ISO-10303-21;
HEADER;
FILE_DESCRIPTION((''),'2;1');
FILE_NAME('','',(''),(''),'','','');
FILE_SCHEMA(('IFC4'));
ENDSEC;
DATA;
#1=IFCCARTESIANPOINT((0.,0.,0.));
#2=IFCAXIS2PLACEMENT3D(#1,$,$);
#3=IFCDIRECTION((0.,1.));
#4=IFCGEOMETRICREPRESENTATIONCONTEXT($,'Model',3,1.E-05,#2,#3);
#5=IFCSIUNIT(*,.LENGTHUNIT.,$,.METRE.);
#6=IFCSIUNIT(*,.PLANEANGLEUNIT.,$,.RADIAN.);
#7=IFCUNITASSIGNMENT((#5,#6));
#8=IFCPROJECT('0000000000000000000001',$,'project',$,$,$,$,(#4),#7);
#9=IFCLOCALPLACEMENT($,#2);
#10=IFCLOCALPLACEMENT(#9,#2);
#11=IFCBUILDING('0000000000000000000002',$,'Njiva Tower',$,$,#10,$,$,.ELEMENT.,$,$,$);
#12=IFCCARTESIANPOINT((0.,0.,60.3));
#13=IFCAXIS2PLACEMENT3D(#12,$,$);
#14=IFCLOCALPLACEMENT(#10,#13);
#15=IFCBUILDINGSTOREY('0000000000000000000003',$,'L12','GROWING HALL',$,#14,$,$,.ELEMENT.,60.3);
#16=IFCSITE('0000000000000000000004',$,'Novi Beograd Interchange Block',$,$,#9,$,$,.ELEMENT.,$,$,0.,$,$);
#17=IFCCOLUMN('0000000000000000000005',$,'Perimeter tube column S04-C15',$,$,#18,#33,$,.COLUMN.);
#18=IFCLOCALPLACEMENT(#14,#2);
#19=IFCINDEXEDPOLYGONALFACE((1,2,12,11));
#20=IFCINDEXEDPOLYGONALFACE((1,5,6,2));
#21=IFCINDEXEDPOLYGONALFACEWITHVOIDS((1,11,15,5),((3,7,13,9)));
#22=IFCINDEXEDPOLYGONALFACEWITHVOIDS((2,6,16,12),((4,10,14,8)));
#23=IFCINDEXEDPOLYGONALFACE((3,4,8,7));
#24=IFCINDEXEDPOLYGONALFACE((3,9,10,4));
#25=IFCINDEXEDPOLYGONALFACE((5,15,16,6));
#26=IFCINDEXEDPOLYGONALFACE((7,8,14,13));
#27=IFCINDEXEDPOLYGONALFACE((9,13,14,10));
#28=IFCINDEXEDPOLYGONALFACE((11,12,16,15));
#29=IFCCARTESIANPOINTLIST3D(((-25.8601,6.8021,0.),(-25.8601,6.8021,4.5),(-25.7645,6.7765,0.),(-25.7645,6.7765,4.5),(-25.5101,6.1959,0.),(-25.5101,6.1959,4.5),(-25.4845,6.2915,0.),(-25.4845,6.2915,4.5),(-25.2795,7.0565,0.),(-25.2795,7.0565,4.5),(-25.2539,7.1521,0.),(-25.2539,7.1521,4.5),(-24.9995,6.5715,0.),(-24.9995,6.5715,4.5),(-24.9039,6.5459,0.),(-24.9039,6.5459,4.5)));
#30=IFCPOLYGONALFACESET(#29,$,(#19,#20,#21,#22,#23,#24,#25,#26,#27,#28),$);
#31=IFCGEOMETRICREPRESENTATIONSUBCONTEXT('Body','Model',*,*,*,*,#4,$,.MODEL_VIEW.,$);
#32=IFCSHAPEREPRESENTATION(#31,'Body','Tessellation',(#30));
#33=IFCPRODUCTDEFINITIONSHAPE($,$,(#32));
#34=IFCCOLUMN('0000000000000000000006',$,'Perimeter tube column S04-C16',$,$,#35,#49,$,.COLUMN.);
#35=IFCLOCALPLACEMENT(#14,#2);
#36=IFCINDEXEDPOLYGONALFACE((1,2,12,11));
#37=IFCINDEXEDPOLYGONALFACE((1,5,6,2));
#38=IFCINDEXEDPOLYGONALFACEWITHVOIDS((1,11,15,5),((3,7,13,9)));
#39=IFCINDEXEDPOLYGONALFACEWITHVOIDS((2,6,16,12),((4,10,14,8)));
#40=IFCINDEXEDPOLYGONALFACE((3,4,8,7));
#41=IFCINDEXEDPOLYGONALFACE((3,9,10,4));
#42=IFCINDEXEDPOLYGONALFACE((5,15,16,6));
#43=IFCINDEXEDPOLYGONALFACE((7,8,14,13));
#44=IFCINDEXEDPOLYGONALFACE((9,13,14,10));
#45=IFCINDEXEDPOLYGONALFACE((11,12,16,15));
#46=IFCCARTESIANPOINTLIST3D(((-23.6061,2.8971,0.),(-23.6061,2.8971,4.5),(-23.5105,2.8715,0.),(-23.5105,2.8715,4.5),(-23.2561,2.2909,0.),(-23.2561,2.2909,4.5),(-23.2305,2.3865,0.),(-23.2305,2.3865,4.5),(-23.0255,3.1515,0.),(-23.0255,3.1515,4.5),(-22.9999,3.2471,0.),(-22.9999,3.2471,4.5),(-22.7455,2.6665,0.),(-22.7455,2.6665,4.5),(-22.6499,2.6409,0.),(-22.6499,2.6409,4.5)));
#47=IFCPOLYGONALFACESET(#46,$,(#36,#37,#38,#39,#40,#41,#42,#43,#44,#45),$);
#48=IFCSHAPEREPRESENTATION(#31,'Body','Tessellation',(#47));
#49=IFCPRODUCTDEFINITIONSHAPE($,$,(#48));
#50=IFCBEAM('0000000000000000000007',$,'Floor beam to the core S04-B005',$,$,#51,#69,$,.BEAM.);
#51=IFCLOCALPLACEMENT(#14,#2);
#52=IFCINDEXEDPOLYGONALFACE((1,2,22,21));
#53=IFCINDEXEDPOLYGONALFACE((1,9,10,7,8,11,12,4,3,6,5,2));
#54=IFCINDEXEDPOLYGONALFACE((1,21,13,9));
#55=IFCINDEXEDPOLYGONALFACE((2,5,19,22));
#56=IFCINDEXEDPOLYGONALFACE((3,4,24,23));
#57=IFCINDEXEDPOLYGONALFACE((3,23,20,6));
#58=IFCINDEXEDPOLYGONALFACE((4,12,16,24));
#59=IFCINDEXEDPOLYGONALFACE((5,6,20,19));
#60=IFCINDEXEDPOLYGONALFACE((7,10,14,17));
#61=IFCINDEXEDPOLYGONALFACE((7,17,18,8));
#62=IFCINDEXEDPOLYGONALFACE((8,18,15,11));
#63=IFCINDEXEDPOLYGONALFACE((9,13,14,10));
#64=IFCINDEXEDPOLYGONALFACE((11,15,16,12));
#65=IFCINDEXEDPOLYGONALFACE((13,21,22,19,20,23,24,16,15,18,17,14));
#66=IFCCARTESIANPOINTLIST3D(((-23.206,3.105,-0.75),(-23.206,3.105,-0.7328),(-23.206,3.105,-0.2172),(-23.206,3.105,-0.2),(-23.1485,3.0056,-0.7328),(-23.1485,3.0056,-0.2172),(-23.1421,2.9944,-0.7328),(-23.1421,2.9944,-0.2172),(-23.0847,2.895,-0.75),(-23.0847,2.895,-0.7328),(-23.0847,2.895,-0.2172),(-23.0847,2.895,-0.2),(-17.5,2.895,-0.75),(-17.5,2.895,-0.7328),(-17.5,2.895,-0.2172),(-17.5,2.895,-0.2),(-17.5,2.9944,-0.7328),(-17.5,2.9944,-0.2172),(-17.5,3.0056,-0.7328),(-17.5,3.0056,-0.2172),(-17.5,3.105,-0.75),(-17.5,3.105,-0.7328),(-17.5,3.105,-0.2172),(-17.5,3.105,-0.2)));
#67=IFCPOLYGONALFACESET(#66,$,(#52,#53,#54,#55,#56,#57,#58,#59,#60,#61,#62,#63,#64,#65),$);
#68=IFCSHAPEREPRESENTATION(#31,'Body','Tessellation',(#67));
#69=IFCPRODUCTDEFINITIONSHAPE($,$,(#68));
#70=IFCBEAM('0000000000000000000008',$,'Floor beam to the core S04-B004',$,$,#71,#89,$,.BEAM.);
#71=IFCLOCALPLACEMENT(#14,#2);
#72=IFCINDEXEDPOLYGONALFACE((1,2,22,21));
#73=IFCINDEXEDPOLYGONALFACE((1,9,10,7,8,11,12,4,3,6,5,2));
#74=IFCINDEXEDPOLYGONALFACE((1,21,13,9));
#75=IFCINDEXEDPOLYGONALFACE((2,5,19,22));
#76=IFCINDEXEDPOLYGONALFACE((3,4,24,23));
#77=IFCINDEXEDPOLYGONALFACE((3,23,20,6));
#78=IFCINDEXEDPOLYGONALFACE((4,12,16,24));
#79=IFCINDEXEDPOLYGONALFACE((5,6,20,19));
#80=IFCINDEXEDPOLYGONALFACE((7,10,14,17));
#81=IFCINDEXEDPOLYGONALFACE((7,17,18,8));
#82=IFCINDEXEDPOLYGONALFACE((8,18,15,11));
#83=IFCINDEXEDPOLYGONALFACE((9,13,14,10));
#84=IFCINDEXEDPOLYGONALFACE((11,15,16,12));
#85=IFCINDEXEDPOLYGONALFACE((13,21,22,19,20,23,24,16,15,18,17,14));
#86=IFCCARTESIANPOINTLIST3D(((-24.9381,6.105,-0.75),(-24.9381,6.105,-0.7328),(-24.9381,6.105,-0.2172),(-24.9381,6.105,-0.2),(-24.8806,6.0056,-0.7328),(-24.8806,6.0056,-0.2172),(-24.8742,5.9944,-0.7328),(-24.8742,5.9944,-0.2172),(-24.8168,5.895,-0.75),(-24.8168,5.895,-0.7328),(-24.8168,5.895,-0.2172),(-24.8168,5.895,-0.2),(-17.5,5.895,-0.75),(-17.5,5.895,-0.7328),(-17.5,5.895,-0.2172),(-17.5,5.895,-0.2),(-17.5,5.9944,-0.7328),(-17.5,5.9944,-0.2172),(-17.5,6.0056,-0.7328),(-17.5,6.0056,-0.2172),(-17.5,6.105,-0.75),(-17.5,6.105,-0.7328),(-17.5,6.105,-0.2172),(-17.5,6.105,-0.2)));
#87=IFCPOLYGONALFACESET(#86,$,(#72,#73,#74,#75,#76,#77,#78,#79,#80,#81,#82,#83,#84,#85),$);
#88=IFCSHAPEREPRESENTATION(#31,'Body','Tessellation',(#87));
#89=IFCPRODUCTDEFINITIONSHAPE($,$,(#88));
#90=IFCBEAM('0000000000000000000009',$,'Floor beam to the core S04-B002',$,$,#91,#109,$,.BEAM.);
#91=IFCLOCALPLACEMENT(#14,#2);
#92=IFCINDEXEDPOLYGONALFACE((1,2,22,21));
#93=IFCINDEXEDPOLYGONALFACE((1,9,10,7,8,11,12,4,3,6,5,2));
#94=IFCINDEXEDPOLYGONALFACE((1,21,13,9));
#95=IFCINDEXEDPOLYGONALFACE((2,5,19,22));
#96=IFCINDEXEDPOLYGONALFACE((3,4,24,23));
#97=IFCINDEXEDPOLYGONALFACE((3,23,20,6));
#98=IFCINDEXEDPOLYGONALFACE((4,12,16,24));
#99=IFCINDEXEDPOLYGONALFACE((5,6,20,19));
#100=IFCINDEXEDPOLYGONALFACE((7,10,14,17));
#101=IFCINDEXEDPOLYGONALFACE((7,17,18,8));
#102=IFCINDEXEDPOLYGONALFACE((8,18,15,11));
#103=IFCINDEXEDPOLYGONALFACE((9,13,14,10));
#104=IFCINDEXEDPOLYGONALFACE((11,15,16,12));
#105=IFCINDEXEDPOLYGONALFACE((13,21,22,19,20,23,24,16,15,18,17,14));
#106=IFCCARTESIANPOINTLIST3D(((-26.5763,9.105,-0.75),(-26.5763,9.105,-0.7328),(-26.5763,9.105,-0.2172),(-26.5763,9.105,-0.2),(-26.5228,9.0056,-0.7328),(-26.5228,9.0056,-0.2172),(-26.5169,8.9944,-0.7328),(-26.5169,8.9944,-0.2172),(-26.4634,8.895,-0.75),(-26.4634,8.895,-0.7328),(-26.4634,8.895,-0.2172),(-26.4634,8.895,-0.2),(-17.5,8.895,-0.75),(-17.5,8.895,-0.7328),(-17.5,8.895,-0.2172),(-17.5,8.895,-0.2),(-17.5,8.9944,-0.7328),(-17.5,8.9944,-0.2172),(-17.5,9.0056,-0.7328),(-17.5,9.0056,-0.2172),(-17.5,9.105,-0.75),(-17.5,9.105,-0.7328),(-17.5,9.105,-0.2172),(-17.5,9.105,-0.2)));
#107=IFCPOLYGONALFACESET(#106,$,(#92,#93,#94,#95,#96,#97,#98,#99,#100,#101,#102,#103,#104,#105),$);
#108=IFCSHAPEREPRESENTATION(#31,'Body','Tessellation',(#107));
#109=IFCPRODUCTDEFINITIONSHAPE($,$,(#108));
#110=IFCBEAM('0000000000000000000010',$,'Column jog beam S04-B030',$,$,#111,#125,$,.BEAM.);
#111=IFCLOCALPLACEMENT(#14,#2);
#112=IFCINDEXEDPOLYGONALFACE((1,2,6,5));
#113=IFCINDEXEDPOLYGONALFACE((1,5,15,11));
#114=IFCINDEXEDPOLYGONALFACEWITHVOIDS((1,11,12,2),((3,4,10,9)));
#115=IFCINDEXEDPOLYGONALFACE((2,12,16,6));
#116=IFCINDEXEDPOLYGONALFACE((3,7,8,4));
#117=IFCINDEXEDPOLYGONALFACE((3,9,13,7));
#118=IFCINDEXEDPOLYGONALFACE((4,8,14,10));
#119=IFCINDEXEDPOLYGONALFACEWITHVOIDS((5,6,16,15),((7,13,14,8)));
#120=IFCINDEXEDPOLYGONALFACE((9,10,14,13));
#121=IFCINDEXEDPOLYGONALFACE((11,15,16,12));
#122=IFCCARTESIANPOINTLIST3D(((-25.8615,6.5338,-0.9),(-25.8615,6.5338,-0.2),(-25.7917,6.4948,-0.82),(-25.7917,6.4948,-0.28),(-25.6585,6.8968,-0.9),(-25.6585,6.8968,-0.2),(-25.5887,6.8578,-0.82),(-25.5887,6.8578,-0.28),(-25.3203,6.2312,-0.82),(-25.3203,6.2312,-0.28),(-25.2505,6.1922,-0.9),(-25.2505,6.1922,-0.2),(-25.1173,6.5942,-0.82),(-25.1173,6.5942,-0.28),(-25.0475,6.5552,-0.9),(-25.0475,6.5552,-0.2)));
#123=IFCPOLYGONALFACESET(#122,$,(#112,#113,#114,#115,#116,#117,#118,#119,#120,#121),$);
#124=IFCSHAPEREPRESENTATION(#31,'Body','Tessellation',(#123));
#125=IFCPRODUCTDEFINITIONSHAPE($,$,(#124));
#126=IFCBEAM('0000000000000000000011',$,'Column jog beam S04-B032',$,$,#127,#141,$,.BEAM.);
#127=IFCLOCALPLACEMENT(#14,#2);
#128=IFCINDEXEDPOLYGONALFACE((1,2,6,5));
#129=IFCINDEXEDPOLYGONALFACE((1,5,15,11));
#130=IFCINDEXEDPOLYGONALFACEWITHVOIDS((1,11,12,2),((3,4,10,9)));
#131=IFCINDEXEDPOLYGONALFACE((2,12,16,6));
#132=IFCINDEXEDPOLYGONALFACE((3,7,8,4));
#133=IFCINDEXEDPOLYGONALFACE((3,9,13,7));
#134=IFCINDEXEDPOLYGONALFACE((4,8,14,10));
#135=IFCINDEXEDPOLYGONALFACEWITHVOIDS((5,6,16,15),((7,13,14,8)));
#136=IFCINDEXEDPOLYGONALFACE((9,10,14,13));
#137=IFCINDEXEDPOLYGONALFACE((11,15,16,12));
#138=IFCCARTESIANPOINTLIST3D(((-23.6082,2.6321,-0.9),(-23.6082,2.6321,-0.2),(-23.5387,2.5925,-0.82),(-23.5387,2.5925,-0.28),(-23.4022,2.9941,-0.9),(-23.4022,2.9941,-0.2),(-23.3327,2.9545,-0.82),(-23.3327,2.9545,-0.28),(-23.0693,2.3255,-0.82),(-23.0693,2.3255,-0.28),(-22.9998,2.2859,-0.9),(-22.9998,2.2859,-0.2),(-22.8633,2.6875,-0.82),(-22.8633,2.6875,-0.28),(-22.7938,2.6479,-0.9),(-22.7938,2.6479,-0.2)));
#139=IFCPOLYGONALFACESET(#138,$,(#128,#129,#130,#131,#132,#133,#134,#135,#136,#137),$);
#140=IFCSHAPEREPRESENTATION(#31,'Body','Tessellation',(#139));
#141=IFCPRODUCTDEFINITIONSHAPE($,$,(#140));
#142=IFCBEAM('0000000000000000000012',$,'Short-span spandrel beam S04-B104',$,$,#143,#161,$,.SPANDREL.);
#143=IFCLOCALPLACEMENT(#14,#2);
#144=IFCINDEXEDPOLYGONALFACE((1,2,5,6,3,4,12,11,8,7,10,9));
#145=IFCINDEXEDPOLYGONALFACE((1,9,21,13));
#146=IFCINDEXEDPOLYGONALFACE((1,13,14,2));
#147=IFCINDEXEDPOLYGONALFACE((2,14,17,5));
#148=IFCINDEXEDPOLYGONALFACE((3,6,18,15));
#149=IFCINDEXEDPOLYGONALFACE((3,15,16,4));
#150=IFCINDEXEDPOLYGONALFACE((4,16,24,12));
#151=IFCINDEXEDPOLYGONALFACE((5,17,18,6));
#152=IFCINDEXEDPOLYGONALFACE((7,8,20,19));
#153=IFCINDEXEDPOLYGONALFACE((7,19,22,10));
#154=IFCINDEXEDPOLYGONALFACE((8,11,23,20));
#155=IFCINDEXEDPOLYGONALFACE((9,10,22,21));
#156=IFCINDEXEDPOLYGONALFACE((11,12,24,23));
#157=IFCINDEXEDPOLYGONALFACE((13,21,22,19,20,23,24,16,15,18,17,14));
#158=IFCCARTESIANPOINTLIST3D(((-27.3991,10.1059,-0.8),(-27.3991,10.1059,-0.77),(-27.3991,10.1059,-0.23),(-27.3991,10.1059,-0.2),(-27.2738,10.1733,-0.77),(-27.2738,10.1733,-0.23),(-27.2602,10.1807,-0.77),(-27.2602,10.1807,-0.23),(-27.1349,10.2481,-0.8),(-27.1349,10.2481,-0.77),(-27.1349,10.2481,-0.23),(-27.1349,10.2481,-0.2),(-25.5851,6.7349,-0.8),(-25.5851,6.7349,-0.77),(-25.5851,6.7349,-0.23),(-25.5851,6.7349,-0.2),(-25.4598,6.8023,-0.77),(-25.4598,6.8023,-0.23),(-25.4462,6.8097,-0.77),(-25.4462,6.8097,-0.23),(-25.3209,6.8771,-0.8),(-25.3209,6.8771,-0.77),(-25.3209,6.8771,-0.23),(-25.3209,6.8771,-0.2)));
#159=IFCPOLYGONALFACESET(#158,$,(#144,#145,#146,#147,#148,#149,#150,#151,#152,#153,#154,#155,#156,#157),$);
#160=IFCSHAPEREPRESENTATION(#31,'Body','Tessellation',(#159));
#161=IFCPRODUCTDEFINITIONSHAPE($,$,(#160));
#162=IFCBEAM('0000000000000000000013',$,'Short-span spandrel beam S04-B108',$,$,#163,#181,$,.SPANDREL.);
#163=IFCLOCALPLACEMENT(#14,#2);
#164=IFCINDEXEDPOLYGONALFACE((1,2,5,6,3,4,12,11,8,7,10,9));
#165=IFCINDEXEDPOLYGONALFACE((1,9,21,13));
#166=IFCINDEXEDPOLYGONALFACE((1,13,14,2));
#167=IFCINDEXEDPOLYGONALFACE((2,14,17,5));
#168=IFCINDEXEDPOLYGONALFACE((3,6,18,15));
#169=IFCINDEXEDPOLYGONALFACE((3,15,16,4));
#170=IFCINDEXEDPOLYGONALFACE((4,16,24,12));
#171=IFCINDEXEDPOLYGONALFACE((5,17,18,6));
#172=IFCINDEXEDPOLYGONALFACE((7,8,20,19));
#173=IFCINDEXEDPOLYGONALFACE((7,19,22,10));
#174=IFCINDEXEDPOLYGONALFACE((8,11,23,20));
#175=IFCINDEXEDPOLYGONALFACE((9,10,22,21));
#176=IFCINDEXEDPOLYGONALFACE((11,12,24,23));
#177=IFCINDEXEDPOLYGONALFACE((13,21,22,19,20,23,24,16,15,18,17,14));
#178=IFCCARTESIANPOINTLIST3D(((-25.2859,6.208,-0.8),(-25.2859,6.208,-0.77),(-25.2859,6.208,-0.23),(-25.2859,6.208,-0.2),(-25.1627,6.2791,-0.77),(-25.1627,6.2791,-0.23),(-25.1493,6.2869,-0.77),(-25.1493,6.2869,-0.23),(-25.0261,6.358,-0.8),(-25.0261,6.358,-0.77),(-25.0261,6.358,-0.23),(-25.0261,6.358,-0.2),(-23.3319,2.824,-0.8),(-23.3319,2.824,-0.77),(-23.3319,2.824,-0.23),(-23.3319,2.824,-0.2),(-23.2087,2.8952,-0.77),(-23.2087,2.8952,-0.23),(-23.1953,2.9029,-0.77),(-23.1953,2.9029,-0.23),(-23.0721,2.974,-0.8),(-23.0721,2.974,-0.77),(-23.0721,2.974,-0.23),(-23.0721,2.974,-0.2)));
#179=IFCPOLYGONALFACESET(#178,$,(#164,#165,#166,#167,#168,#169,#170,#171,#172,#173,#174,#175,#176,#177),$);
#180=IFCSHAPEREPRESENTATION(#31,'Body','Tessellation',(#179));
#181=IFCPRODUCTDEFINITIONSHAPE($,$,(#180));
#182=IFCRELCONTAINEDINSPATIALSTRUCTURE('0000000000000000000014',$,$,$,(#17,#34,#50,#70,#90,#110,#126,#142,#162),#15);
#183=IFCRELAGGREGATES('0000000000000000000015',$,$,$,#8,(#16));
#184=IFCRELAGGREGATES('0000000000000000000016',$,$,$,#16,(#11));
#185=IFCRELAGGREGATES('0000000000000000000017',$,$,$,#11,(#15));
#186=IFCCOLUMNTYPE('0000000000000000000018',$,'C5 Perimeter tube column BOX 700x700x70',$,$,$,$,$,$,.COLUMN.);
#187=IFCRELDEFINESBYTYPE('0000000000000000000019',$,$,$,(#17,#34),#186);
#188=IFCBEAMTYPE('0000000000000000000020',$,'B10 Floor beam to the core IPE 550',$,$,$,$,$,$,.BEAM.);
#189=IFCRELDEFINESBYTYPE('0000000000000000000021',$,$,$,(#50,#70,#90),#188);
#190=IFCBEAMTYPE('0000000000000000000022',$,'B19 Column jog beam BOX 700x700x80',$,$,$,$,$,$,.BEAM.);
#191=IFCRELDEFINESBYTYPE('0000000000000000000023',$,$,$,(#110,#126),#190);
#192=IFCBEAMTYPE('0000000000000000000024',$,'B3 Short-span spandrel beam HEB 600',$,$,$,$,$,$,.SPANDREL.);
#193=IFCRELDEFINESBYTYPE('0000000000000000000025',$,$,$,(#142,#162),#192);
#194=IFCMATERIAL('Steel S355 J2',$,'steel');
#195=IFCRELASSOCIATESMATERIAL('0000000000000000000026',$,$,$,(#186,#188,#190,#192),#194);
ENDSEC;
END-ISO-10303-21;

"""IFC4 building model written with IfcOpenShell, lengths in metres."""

from ifc_helpers import new_model, si_unit, direction, frame, origin, origin_2d, place, context, subcontext, project, spatial, hollow_rectangle, i_section, extrude, clip, halfspace, material, material_profile, profile_set, type_object, element, save


model = new_model("IFC4")

# Units and contexts
model_context = context("Model", 3, precision=1e-05, world=origin(), true_north=direction((0.0, 1.0)))
body_context = subcontext(model_context, "Body", "Model", "MODEL_VIEW")
ifc_project = project(units=[si_unit("LENGTHUNIT", "METRE"), si_unit("PLANEANGLEUNIT", "RADIAN")], contexts=[model_context])

# Site, building, storey
site_placement = place(None, origin())
site = spatial("IfcSite", under=ifc_project, at=site_placement, Name="Novi Beograd Interchange Block", CompositionType="ELEMENT", RefElevation=0.0)
building_placement = place(site_placement, origin())
building = spatial("IfcBuilding", under=site, at=building_placement, Name="Njiva Tower", CompositionType="ELEMENT")
storey_placement = place(building_placement, frame((0.0, 0.0, 60.3)))
storey = spatial("IfcBuildingStorey", under=building, at=storey_placement, Name="L12", Description="GROWING HALL", CompositionType="ELEMENT", Elevation=60.3)

# Columns
ifc_material_1 = material(Name="Steel S355 J2", Category="steel")
ifc_material_profile_1 = material_profile(ifc_material_1, hollow_rectangle(XDim=0.7, YDim=0.7, WallThickness=0.07, at=origin_2d()), Name="BOX 700x700x70")
ifc_profile_set_1 = profile_set([ifc_material_profile_1], Name="Steel S355 J2")
column_type = type_object("IfcColumnType", Name="C5 Perimeter tube column BOX 700x700x70", PredefinedType="COLUMN", material=ifc_profile_set_1)
for number, where, z_axis, x_axis, name in (
    (1, (-25.382, 6.674, 0.0), (0.0, 0.0, 1.0), (0.5, -0.866025, 0.0), "Perimeter tube column S04-C15"),
    (2, (-23.128, 2.769, 0.0), (0.0, 0.0, 1.0), (0.5, -0.866025, 0.0), "Perimeter tube column S04-C16"),
):
    element("IfcColumn", number, at=place(storey_placement, frame(where, z_axis=z_axis, x_axis=x_axis)), inside=storey, type_object=column_type, Name=name, PredefinedType="COLUMN", context=body_context, shape_type="SweptSolid", body=[
        extrude(hollow_rectangle(XDim=0.7, YDim=0.7, WallThickness=0.07, at=origin_2d()), origin(), (0.0, 0.0, 1.0), 4.5),
    ])

# Beams
ifc_material_profile_2 = material_profile(ifc_material_1, i_section(OverallWidth=0.21, OverallDepth=0.55, WebThickness=0.0111, FlangeThickness=0.0172, at=origin_2d()), Name="IPE 550")
ifc_profile_set_2 = profile_set([ifc_material_profile_2], Name="Steel S355 J2")
beam_type_1 = type_object("IfcBeamType", Name="B10 Floor beam to the core IPE 550", PredefinedType="BEAM", material=ifc_profile_set_2)
beam_1_placement = place(storey_placement, frame((-23.226, 3.0, -0.475), z_axis=(1.0, 0.0, 0.0), x_axis=(0.0, 1.0, 0.0)))
element("IfcBeam", 3, at=beam_1_placement, inside=storey, type_object=beam_type_1, Name="Floor beam to the core S04-B005", PredefinedType="BEAM", context=body_context, shape_type="Clipping", body=[
    clip(extrude(i_section(OverallWidth=0.21, OverallDepth=0.55, WebThickness=0.0111, FlangeThickness=0.0172, at=origin_2d()), origin(), (0.0, 0.0, 1.0), 5.726), halfspace(frame((-0.025, 0.0, 0.0951), z_axis=(-0.499998, 0.0, -0.866027), x_axis=(0.0, -1.0, 0.0)), False)),
])
beam_2_placement = place(storey_placement, frame((-24.958, 6.0, -0.475), z_axis=(1.0, 0.0, 0.0), x_axis=(0.0, 1.0, 0.0)))
element("IfcBeam", 4, at=beam_2_placement, inside=storey, type_object=beam_type_1, Name="Floor beam to the core S04-B004", PredefinedType="BEAM", context=body_context, shape_type="Clipping", body=[
    clip(extrude(i_section(OverallWidth=0.21, OverallDepth=0.55, WebThickness=0.0111, FlangeThickness=0.0172, at=origin_2d()), origin(), (0.0, 0.0, 1.0), 7.458), halfspace(frame((-0.025, 0.0, 0.095), z_axis=(-0.499998, 0.0, -0.866027), x_axis=(0.0, -1.0, 0.0)), False)),
])
beam_3_placement = place(storey_placement, frame((-26.596, 9.0, -0.475), z_axis=(1.0, 0.0, 0.0), x_axis=(0.0, 1.0, 0.0)))
element("IfcBeam", 5, at=beam_3_placement, inside=storey, type_object=beam_type_1, Name="Floor beam to the core S04-B002", PredefinedType="BEAM", context=body_context, shape_type="Clipping", body=[
    clip(extrude(i_section(OverallWidth=0.21, OverallDepth=0.55, WebThickness=0.0111, FlangeThickness=0.0172, at=origin_2d()), origin(), (0.0, 0.0, 1.0), 9.096), halfspace(frame((-0.0237, 0.0, 0.0889), z_axis=(-0.473777, 0.0, -0.880645), x_axis=(0.0, -1.0, 0.0)), False)),
])
ifc_material_profile_3 = material_profile(ifc_material_1, hollow_rectangle(XDim=0.7, YDim=0.7, WallThickness=0.08, at=origin_2d()), Name="BOX 700x700x80")
ifc_profile_set_3 = profile_set([ifc_material_profile_3], Name="Steel S355 J2")
beam_type_2 = type_object("IfcBeamType", Name="B19 Column jog beam BOX 700x700x80", PredefinedType="BEAM", material=ifc_profile_set_3)
beam_4_placement = place(storey_placement, frame((-25.556, 6.363, -0.55), z_axis=(0.488091, 0.872793, 0.0), x_axis=(-0.872793, 0.488091, 0.0)))
element("IfcBeam", 6, at=beam_4_placement, inside=storey, type_object=beam_type_2, Name="Column jog beam S04-B030", PredefinedType="BEAM", context=body_context, shape_type="SweptSolid", body=[
    extrude(hollow_rectangle(XDim=0.7, YDim=0.7, WallThickness=0.08, at=origin_2d()), origin(), (0.0, 0.0, 1.0), 0.4159),
])
beam_5_placement = place(storey_placement, frame((-23.304, 2.459, -0.55), z_axis=(0.494587, 0.869128, 0.0), x_axis=(-0.869128, 0.494587, 0.0)))
element("IfcBeam", 7, at=beam_5_placement, inside=storey, type_object=beam_type_2, Name="Column jog beam S04-B032", PredefinedType="BEAM", context=body_context, shape_type="SweptSolid", body=[
    extrude(hollow_rectangle(XDim=0.7, YDim=0.7, WallThickness=0.08, at=origin_2d()), origin(), (0.0, 0.0, 1.0), 0.4165),
])
ifc_material_profile_4 = material_profile(ifc_material_1, i_section(OverallWidth=0.3, OverallDepth=0.6, WebThickness=0.0155, FlangeThickness=0.03, at=origin_2d()), Name="HEB 600")
ifc_profile_set_4 = profile_set([ifc_material_profile_4], Name="Steel S355 J2")
beam_type_3 = type_object("IfcBeamType", Name="B3 Short-span spandrel beam HEB 600", PredefinedType="SPANDREL", material=ifc_profile_set_4)
beam_6_placement = place(storey_placement, frame((-27.267, 10.177, -0.5), z_axis=(0.473866, -0.880597, 0.0), x_axis=(0.880597, 0.473866, 0.0)))
element("IfcBeam", 8, at=beam_6_placement, inside=storey, type_object=beam_type_3, Name="Short-span spandrel beam S04-B104", PredefinedType="SPANDREL", context=body_context, shape_type="SweptSolid", body=[
    extrude(i_section(OverallWidth=0.3, OverallDepth=0.6, WebThickness=0.0155, FlangeThickness=0.03, at=origin_2d()), origin(), (0.0, 0.0, 1.0), 3.8281),
])
for number, where, z_axis, x_axis, name in (
    (9, (-25.156, 6.283, -0.5), (0.500047, -0.865998, 0.0), (0.865998, 0.500047, 0.0), "Short-span spandrel beam S04-B108"),
):
    element("IfcBeam", number, at=place(storey_placement, frame(where, z_axis=z_axis, x_axis=x_axis)), inside=storey, type_object=beam_type_3, Name=name, PredefinedType="SPANDREL", context=body_context, shape_type="SweptSolid", body=[
        extrude(i_section(OverallWidth=0.3, OverallDepth=0.6, WebThickness=0.0155, FlangeThickness=0.03, at=origin_2d()), origin(), (0.0, 0.0, 1.0), 3.9076),
    ])

save(model, "model.ifc")
